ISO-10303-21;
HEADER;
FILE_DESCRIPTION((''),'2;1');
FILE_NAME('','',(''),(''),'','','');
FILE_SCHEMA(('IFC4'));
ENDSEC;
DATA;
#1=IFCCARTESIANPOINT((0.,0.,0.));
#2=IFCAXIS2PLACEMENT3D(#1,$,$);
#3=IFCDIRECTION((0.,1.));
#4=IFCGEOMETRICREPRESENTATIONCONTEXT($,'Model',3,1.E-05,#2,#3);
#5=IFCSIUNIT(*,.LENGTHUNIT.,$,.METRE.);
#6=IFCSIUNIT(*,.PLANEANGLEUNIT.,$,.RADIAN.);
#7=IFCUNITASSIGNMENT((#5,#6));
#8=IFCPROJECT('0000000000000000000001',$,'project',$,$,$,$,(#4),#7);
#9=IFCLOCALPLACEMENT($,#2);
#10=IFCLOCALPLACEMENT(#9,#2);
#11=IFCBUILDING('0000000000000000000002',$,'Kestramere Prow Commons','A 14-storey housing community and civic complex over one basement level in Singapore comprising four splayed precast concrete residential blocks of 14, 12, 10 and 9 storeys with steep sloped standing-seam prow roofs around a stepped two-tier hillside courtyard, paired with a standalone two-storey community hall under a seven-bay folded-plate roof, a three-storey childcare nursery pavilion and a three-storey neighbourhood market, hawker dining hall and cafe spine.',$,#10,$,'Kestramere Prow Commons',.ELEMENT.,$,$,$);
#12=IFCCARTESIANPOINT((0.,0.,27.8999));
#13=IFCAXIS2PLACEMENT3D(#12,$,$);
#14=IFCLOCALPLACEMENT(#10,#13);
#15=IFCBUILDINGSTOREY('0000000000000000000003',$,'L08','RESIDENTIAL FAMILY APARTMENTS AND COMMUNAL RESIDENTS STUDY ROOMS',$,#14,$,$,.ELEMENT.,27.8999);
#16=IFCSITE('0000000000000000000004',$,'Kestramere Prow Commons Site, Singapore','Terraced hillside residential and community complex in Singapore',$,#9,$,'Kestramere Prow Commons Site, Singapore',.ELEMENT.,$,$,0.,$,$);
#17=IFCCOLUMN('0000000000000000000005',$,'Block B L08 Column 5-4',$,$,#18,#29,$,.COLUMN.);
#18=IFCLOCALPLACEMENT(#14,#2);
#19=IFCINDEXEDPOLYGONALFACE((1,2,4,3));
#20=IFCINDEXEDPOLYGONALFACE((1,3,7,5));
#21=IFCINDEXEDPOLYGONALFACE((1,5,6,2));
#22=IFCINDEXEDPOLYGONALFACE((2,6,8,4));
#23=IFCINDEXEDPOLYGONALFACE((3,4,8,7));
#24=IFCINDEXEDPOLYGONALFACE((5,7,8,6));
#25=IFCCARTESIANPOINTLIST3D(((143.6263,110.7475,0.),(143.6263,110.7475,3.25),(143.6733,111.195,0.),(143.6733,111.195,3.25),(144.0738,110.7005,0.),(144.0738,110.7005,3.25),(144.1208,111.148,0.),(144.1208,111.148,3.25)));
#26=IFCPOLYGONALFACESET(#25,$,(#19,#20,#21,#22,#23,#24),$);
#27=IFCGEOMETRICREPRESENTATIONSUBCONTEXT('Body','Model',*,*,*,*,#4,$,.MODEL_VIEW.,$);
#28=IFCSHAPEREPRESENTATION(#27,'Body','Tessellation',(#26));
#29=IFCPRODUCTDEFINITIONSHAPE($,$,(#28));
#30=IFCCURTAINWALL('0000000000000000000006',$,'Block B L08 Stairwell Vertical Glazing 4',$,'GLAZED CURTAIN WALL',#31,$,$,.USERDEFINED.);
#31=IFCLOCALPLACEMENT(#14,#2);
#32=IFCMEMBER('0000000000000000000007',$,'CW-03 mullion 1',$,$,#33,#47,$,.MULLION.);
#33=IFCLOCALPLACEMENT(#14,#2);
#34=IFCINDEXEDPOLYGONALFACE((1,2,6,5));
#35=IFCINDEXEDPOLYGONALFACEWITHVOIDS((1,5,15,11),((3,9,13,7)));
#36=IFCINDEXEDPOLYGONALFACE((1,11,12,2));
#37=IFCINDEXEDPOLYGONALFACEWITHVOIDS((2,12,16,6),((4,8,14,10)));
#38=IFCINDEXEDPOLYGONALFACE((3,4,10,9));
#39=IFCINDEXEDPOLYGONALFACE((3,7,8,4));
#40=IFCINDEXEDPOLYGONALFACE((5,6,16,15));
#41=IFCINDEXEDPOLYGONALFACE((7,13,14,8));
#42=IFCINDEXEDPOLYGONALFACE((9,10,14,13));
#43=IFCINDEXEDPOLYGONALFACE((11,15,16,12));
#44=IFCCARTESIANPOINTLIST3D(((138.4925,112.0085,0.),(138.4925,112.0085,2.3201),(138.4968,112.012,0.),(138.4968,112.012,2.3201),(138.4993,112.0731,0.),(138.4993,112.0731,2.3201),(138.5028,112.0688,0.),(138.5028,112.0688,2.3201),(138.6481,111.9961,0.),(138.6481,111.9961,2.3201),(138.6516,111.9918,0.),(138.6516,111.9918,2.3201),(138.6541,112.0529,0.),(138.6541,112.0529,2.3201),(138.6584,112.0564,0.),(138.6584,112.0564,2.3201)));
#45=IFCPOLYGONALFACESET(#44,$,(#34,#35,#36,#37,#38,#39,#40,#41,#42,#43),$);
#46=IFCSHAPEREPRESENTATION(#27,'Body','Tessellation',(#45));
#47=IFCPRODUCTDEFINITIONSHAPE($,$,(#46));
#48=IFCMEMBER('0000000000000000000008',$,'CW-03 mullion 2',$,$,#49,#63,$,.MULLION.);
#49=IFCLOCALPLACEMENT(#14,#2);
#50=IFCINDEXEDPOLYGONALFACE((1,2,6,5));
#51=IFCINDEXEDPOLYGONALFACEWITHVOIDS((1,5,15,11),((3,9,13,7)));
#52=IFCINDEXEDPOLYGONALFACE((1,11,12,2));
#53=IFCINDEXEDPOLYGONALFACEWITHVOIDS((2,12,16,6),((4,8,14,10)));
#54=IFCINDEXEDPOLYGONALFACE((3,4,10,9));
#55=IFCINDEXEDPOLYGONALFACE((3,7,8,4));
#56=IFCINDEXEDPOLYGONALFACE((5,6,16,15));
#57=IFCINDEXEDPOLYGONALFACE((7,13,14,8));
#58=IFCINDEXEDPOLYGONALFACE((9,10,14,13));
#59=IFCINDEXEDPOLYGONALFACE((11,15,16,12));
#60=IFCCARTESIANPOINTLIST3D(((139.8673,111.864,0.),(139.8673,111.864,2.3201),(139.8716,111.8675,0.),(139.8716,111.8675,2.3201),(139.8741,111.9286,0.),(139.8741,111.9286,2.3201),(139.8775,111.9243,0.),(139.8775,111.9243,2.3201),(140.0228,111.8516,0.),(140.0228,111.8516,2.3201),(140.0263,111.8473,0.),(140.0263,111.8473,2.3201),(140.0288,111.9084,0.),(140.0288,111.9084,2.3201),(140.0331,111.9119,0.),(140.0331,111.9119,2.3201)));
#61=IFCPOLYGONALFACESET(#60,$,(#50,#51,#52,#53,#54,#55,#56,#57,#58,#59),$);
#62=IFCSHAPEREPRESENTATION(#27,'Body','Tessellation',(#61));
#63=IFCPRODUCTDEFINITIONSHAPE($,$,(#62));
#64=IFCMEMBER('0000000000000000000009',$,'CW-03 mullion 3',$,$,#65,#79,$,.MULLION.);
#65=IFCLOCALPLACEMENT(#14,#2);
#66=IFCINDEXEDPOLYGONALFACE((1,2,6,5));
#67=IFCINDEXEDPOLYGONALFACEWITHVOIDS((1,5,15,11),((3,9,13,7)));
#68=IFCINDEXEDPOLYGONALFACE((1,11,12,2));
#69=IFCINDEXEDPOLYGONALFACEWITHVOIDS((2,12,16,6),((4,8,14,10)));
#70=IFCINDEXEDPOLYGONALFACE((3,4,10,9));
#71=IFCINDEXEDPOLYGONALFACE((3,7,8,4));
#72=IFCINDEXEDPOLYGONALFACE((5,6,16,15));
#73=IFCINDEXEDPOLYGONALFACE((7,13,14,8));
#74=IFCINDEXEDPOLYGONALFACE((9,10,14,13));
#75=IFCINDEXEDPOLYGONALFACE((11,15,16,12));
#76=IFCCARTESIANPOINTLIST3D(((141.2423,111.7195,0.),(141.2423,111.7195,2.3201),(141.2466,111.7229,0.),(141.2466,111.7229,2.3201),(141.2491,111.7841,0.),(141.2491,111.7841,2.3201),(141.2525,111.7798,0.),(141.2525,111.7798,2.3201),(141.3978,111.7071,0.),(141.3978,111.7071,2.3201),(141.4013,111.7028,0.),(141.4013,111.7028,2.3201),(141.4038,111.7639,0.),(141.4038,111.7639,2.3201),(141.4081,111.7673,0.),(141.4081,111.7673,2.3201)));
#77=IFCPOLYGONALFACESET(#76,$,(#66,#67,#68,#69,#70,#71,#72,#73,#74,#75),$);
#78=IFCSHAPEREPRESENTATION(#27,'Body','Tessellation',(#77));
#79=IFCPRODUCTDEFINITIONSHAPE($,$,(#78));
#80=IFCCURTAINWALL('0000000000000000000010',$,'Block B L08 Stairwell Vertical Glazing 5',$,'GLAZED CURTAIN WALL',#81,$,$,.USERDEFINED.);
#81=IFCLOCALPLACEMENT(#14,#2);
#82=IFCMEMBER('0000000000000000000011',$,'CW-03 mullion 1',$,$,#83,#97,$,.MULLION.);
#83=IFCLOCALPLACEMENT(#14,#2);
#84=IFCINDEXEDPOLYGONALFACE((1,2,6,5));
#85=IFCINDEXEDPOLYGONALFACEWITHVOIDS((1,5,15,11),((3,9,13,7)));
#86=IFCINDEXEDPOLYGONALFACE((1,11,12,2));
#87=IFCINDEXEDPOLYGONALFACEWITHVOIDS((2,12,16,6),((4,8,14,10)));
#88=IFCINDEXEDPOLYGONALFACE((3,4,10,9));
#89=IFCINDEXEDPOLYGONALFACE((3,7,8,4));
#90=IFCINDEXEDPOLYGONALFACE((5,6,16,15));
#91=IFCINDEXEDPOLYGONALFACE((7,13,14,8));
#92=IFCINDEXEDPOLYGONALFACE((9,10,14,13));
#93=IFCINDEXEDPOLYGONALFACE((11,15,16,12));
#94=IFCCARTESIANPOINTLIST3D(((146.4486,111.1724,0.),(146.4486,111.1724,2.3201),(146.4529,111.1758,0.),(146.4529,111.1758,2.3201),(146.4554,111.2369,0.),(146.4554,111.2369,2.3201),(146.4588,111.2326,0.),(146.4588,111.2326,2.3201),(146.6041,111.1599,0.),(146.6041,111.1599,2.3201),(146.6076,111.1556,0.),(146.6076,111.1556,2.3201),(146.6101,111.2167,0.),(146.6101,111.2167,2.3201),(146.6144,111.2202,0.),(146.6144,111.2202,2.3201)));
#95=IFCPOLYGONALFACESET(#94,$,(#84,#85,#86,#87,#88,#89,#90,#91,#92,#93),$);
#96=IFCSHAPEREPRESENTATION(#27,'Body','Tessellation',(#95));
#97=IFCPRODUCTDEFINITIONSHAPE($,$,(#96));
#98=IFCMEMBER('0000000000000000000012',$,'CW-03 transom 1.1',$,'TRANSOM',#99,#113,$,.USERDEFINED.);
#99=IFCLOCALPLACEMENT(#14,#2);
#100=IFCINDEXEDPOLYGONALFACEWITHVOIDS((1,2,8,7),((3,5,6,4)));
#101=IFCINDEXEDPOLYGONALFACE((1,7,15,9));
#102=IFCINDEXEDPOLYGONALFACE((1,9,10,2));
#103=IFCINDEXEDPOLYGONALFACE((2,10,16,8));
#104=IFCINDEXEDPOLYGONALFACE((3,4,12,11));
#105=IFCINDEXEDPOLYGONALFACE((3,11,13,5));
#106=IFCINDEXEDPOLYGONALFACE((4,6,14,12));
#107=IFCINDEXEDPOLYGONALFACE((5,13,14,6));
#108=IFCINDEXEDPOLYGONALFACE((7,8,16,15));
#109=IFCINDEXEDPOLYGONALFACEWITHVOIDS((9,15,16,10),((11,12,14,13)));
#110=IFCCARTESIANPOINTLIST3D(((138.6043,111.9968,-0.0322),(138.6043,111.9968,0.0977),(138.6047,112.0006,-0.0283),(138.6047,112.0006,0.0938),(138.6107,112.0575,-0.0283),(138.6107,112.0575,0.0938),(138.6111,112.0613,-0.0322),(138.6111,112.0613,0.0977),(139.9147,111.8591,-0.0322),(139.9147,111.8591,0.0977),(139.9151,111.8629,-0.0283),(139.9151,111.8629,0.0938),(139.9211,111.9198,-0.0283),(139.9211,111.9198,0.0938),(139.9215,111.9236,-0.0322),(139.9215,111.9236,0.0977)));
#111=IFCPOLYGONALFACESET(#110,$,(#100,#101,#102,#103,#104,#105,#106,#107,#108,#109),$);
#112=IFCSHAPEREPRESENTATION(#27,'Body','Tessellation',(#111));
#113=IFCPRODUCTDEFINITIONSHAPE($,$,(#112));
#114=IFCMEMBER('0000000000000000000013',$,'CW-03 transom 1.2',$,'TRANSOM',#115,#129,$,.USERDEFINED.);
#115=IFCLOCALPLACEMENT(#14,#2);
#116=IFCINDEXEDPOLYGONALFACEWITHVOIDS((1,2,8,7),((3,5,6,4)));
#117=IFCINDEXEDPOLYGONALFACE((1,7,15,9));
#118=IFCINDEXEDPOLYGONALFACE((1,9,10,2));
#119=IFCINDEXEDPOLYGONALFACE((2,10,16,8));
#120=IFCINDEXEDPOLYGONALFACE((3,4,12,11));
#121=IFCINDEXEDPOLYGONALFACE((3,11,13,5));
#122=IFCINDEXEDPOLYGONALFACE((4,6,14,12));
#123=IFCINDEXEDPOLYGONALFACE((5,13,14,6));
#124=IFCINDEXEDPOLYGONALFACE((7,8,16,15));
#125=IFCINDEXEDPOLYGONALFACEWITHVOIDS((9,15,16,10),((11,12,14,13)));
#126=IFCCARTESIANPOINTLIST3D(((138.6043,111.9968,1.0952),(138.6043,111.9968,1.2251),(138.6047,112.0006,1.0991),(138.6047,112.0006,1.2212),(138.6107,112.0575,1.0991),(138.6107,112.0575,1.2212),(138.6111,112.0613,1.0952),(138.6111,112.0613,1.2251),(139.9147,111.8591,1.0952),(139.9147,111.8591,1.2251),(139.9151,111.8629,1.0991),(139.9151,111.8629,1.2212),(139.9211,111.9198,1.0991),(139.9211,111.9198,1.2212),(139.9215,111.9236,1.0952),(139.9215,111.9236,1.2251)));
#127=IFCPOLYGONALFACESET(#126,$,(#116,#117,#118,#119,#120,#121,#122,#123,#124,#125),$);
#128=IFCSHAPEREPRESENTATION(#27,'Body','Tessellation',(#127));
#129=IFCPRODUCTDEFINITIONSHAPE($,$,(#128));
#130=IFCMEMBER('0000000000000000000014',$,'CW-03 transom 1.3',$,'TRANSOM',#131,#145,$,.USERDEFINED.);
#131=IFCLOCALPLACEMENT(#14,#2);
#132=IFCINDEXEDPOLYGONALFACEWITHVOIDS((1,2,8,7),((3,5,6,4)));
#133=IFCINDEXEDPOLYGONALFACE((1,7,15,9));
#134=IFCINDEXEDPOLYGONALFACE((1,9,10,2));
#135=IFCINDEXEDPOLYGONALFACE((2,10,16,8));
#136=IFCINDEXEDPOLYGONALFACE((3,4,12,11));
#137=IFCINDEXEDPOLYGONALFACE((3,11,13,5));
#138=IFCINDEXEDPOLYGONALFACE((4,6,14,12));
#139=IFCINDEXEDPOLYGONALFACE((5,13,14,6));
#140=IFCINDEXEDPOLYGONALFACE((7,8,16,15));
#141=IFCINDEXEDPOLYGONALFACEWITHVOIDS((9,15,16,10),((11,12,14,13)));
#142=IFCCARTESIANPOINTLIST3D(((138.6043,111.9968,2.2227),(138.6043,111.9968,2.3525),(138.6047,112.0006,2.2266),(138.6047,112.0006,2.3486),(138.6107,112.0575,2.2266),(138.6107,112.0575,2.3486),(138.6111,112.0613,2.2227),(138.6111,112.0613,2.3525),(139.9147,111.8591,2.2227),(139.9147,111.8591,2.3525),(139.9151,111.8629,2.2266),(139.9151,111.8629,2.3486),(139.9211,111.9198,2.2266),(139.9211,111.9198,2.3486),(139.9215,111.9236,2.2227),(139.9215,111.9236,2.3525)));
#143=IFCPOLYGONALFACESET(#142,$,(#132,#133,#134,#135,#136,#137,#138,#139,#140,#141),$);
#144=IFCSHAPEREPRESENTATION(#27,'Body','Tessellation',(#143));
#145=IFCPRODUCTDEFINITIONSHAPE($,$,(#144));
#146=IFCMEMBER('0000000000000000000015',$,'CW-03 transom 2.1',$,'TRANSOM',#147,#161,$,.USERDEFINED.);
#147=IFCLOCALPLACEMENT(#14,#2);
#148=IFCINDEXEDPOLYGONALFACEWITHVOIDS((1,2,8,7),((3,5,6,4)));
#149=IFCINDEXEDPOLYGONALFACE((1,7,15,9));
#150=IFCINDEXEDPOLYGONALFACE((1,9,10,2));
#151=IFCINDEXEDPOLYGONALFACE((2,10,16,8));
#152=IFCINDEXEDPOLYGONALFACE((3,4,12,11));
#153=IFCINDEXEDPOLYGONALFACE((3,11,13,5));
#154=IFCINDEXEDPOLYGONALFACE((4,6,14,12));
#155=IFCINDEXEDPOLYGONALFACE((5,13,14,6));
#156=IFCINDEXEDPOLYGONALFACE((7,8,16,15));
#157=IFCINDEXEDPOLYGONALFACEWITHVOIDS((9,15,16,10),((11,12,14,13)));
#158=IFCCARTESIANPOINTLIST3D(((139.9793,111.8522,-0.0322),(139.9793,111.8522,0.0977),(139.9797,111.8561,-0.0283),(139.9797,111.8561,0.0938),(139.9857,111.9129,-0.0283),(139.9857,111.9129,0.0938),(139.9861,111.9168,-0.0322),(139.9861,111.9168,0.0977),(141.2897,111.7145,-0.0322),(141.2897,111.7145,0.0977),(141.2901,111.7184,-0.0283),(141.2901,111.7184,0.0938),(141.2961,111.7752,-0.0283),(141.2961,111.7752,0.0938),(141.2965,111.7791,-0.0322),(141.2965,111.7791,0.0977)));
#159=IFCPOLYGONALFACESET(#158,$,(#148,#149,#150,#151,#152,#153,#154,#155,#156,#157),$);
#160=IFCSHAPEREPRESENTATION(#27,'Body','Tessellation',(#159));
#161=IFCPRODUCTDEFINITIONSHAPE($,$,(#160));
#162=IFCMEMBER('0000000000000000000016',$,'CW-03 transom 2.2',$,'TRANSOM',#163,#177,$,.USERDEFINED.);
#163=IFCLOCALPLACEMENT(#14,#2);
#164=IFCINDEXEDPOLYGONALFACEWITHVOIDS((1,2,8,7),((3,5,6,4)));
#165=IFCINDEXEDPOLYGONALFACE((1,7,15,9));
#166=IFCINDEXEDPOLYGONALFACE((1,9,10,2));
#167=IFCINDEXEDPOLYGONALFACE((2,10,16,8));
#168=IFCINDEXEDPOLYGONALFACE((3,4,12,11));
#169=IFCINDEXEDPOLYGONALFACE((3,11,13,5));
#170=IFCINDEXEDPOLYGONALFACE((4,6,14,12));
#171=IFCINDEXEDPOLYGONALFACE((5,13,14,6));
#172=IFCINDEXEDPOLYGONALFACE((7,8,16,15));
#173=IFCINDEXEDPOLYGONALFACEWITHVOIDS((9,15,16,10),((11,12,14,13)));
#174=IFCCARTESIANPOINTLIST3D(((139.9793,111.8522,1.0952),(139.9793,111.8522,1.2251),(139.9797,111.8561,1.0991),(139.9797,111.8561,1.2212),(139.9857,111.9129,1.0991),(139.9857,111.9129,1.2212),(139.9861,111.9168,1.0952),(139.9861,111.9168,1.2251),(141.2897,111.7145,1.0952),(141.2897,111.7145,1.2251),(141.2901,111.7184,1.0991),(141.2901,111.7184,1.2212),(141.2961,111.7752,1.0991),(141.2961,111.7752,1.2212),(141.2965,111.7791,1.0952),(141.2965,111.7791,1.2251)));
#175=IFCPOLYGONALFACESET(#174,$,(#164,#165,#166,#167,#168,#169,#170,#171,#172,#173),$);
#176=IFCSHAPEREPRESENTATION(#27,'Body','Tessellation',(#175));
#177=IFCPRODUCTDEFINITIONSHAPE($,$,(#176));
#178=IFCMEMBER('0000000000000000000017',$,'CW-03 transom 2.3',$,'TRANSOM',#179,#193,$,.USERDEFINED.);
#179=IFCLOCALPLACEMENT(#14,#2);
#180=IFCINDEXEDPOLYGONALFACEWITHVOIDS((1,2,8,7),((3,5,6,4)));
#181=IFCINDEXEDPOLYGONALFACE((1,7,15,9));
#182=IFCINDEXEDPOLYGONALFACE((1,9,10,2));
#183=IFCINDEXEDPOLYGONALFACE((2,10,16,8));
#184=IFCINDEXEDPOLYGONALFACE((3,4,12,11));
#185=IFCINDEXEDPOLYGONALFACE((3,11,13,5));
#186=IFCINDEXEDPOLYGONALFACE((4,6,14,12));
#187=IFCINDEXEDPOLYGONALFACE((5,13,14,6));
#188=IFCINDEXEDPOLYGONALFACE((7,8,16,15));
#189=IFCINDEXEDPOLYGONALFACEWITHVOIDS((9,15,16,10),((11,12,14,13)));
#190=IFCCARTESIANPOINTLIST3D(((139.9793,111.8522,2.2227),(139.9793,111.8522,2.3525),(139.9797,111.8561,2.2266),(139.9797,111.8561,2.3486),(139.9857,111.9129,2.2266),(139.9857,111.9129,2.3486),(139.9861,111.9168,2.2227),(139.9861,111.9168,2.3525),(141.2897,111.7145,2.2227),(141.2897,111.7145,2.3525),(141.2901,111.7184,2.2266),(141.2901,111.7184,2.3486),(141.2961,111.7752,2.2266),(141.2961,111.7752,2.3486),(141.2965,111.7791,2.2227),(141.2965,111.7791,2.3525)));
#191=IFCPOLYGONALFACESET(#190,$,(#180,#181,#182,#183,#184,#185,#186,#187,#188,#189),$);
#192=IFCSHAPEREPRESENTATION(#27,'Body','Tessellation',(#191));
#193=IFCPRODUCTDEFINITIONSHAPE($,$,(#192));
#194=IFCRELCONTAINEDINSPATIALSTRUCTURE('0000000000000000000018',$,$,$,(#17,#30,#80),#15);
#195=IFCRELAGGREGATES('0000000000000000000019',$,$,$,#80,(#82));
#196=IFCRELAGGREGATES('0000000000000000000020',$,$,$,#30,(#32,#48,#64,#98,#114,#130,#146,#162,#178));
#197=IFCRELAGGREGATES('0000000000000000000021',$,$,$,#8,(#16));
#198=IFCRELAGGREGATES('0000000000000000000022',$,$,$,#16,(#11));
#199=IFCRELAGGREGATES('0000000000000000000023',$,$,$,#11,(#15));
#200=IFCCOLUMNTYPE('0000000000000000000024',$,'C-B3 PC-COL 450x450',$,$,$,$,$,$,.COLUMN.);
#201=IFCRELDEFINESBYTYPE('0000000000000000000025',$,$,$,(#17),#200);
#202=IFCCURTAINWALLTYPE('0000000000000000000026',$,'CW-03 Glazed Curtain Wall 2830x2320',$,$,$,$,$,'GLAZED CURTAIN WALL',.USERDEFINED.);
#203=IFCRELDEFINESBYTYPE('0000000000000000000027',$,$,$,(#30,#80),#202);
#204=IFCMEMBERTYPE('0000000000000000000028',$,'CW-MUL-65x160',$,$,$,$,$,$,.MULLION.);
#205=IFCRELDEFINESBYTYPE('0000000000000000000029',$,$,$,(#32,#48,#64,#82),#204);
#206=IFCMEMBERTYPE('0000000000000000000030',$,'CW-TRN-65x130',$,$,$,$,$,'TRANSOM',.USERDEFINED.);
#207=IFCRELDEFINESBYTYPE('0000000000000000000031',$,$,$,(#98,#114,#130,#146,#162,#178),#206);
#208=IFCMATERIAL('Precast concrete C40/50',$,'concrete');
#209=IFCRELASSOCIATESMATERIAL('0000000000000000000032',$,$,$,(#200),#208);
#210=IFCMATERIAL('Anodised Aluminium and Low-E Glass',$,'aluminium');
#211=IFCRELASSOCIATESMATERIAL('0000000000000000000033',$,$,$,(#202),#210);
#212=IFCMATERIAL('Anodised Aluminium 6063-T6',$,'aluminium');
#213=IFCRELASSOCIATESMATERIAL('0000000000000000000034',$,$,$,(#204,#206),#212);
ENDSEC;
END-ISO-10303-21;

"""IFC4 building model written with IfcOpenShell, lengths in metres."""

from ifc_helpers import new_model, si_unit, direction, frame, origin, origin_2d, place, context, subcontext, project, spatial, rectangle, hollow_rectangle, extrude, material, material_profile, profile_set, type_object, element, aggregate, save


model = new_model("IFC4")

# Units and contexts
model_context = context("Model", 3, precision=1e-05, world=origin(), true_north=direction((0.0, 1.0)))
body_context = subcontext(model_context, "Body", "Model", "MODEL_VIEW")
ifc_project = project(units=[si_unit("LENGTHUNIT", "METRE"), si_unit("PLANEANGLEUNIT", "RADIAN")], contexts=[model_context])

# Site, building, storey
site_placement = place(None, origin())
site = spatial("IfcSite", under=ifc_project, at=site_placement, Name="Kestramere Prow Commons Site, Singapore", Description="Terraced hillside residential and community complex in Singapore", LongName="Kestramere Prow Commons Site, Singapore", CompositionType="ELEMENT", RefElevation=0.0)
building_placement = place(site_placement, origin())
building = spatial("IfcBuilding", under=site, at=building_placement, Name="Kestramere Prow Commons", Description="A 14-storey housing community and civic complex over one basement level in Singapore comprising four splayed precast concrete residential blocks of 14, 12, 10 and 9 storeys with steep sloped standing-seam prow roofs around a stepped two-tier hillside courtyard, paired with a standalone two-storey community hall under a seven-bay folded-plate roof, a three-storey childcare nursery pavilion and a three-storey neighbourhood market, hawker dining hall and cafe spine.", LongName="Kestramere Prow Commons", CompositionType="ELEMENT")
storey_placement = place(building_placement, frame((0.0, 0.0, 27.8999)))
storey = spatial("IfcBuildingStorey", under=building, at=storey_placement, Name="L08", Description="RESIDENTIAL FAMILY APARTMENTS AND COMMUNAL RESIDENTS STUDY ROOMS", CompositionType="ELEMENT", Elevation=27.8999)

# Column
ifc_material_1 = material(Name="Precast concrete C40/50", Category="concrete")
ifc_material_profile_1 = material_profile(ifc_material_1, rectangle(XDim=0.45, YDim=0.45, at=origin_2d()), Name="PC-COL 450x450")
ifc_profile_set_1 = profile_set([ifc_material_profile_1], Name="Precast concrete C40/50")
column_type = type_object("IfcColumnType", Name="C-B3 PC-COL 450x450", PredefinedType="COLUMN", material=ifc_profile_set_1)
column_placement = place(storey_placement, frame((143.8735, 110.9478, 0.0), z_axis=(0.0, 0.0, 1.0), x_axis=(0.994522, -0.104528, 0.0)))
element("IfcColumn", 1, at=column_placement, inside=storey, type_object=column_type, Name="Block B L08 Column 5-4", PredefinedType="COLUMN", context=body_context, shape_type="SweptSolid", body=[
    extrude(rectangle(XDim=0.45, YDim=0.45, at=origin_2d()), origin(), (0.0, 0.0, 1.0), 3.25),
])

# Curtain wall, members
ifc_material_2 = material(Name="Anodised Aluminium and Low-E Glass", Category="aluminium")
curtain_wall_type = type_object("IfcCurtainWallType", Name="CW-03 Glazed Curtain Wall 2830x2320", ElementType="GLAZED CURTAIN WALL", PredefinedType="USERDEFINED", material=ifc_material_2)
curtain_wall_1_placement = place(storey_placement, origin())
curtain_wall_1 = element("IfcCurtainWall", 2, at=curtain_wall_1_placement, inside=storey, type_object=curtain_wall_type, Name="Block B L08 Stairwell Vertical Glazing 4", ObjectType="GLAZED CURTAIN WALL", PredefinedType="USERDEFINED")
ifc_material_3 = material(Name="Anodised Aluminium 6063-T6", Category="aluminium")
ifc_material_profile_2 = material_profile(ifc_material_3, hollow_rectangle(XDim=0.0649, YDim=0.1599, WallThickness=0.0039, at=origin_2d()), Name="ALU-MUL 65x160")
ifc_profile_set_2 = profile_set([ifc_material_profile_2], Name="Anodised Aluminium 6063-T6")
member_type_1 = type_object("IfcMemberType", Name="CW-MUL-65x160", PredefinedType="MULLION", material=ifc_profile_set_2)
member_1_placement = place(storey_placement, frame((138.5754, 112.0325, 0.0), z_axis=(0.0, 0.0, 1.0), x_axis=(0.104529, 0.994522, 0.0)))
member_1 = element("IfcMember", 3, at=member_1_placement, type_object=member_type_1, Name="CW-03 mullion 1", PredefinedType="MULLION", context=body_context, shape_type="SweptSolid", body=[
    extrude(hollow_rectangle(XDim=0.0649, YDim=0.1599, WallThickness=0.0039, at=origin_2d()), origin(), (0.0, 0.0, 1.0), 2.3201),
])
member_2_placement = place(storey_placement, frame((139.9502, 111.8879, 0.0), z_axis=(0.0, 0.0, 1.0), x_axis=(0.104529, 0.994522, 0.0)))
member_2 = element("IfcMember", 4, at=member_2_placement, type_object=member_type_1, Name="CW-03 mullion 2", PredefinedType="MULLION", context=body_context, shape_type="SweptSolid", body=[
    extrude(hollow_rectangle(XDim=0.0649, YDim=0.1599, WallThickness=0.0039, at=origin_2d()), origin(), (0.0, 0.0, 1.0), 2.3201),
])
member_3_placement = place(storey_placement, frame((141.3252, 111.7434, 0.0), z_axis=(0.0, 0.0, 1.0), x_axis=(0.104529, 0.994522, 0.0)))
member_3 = element("IfcMember", 5, at=member_3_placement, type_object=member_type_1, Name="CW-03 mullion 3", PredefinedType="MULLION", context=body_context, shape_type="SweptSolid", body=[
    extrude(hollow_rectangle(XDim=0.0649, YDim=0.1599, WallThickness=0.0039, at=origin_2d()), origin(), (0.0, 0.0, 1.0), 2.3201),
])

# Curtain wall, member
curtain_wall_2_placement = place(storey_placement, origin())
curtain_wall_2 = element("IfcCurtainWall", 6, at=curtain_wall_2_placement, inside=storey, type_object=curtain_wall_type, Name="Block B L08 Stairwell Vertical Glazing 5", ObjectType="GLAZED CURTAIN WALL", PredefinedType="USERDEFINED")
member_4_placement = place(storey_placement, frame((146.5315, 111.1963, 0.0), z_axis=(0.0, 0.0, 1.0), x_axis=(0.104528, 0.994522, 0.0)))
member_4 = element("IfcMember", 7, at=member_4_placement, type_object=member_type_1, Name="CW-03 mullion 1", PredefinedType="MULLION", context=body_context, shape_type="SweptSolid", body=[
    extrude(hollow_rectangle(XDim=0.0649, YDim=0.1599, WallThickness=0.0039, at=origin_2d()), origin(), (0.0, 0.0, 1.0), 2.3201),
])

# Members
ifc_material_profile_3 = material_profile(ifc_material_3, hollow_rectangle(XDim=0.0649, YDim=0.1299, WallThickness=0.0039, at=origin_2d()), Name="ALU-TRN 65x130")
ifc_profile_set_3 = profile_set([ifc_material_profile_3], Name="Anodised Aluminium 6063-T6")
member_type_2 = type_object("IfcMemberType", Name="CW-TRN-65x130", ElementType="TRANSOM", PredefinedType="USERDEFINED", material=ifc_profile_set_3)
member_5_placement = place(storey_placement, frame((138.6077, 112.0291, 0.0327), z_axis=(0.994524, -0.104511, 0.0), x_axis=(0.104511, 0.994524, 0.0)))
member_5 = element("IfcMember", 8, at=member_5_placement, type_object=member_type_2, Name="CW-03 transom 1.1", ObjectType="TRANSOM", PredefinedType="USERDEFINED", context=body_context, shape_type="SweptSolid", body=[
    extrude(hollow_rectangle(XDim=0.0649, YDim=0.1299, WallThickness=0.0039, at=origin_2d()), origin(), (0.0, 0.0, 1.0), 1.3176),
])
member_6_placement = place(storey_placement, frame((138.6077, 112.0291, 1.1602), z_axis=(0.994524, -0.104511, 0.0), x_axis=(0.104511, 0.994524, 0.0)))
member_6 = element("IfcMember", 9, at=member_6_placement, type_object=member_type_2, Name="CW-03 transom 1.2", ObjectType="TRANSOM", PredefinedType="USERDEFINED", context=body_context, shape_type="SweptSolid", body=[
    extrude(hollow_rectangle(XDim=0.0649, YDim=0.1299, WallThickness=0.0039, at=origin_2d()), origin(), (0.0, 0.0, 1.0), 1.3176),
])
member_7_placement = place(storey_placement, frame((138.6077, 112.0291, 2.2876), z_axis=(0.994524, -0.104511, 0.0), x_axis=(0.104511, 0.994524, 0.0)))
member_7 = element("IfcMember", 10, at=member_7_placement, type_object=member_type_2, Name="CW-03 transom 1.3", ObjectType="TRANSOM", PredefinedType="USERDEFINED", context=body_context, shape_type="SweptSolid", body=[
    extrude(hollow_rectangle(XDim=0.0649, YDim=0.1299, WallThickness=0.0039, at=origin_2d()), origin(), (0.0, 0.0, 1.0), 1.3176),
])
member_8_placement = place(storey_placement, frame((139.9827, 111.8845, 0.0327), z_axis=(0.994524, -0.104511, 0.0), x_axis=(0.104511, 0.994524, 0.0)))
member_8 = element("IfcMember", 11, at=member_8_placement, type_object=member_type_2, Name="CW-03 transom 2.1", ObjectType="TRANSOM", PredefinedType="USERDEFINED", context=body_context, shape_type="SweptSolid", body=[
    extrude(hollow_rectangle(XDim=0.0649, YDim=0.1299, WallThickness=0.0039, at=origin_2d()), origin(), (0.0, 0.0, 1.0), 1.3176),
])
member_9_placement = place(storey_placement, frame((139.9827, 111.8845, 1.1602), z_axis=(0.994524, -0.104511, 0.0), x_axis=(0.104511, 0.994524, 0.0)))
member_9 = element("IfcMember", 12, at=member_9_placement, type_object=member_type_2, Name="CW-03 transom 2.2", ObjectType="TRANSOM", PredefinedType="USERDEFINED", context=body_context, shape_type="SweptSolid", body=[
    extrude(hollow_rectangle(XDim=0.0649, YDim=0.1299, WallThickness=0.0039, at=origin_2d()), origin(), (0.0, 0.0, 1.0), 1.3176),
])
member_10_placement = place(storey_placement, frame((139.9827, 111.8845, 2.2876), z_axis=(0.994524, -0.104511, 0.0), x_axis=(0.104511, 0.994524, 0.0)))
member_10 = element("IfcMember", 13, at=member_10_placement, type_object=member_type_2, Name="CW-03 transom 2.3", ObjectType="TRANSOM", PredefinedType="USERDEFINED", context=body_context, shape_type="SweptSolid", body=[
    extrude(hollow_rectangle(XDim=0.0649, YDim=0.1299, WallThickness=0.0039, at=origin_2d()), origin(), (0.0, 0.0, 1.0), 1.3176),
])
aggregate(curtain_wall_2, [member_4])

aggregate(curtain_wall_1, [member_1, member_2, member_3, member_5, member_6, member_7, member_8, member_9, member_10])

save(model, "model.ifc")
